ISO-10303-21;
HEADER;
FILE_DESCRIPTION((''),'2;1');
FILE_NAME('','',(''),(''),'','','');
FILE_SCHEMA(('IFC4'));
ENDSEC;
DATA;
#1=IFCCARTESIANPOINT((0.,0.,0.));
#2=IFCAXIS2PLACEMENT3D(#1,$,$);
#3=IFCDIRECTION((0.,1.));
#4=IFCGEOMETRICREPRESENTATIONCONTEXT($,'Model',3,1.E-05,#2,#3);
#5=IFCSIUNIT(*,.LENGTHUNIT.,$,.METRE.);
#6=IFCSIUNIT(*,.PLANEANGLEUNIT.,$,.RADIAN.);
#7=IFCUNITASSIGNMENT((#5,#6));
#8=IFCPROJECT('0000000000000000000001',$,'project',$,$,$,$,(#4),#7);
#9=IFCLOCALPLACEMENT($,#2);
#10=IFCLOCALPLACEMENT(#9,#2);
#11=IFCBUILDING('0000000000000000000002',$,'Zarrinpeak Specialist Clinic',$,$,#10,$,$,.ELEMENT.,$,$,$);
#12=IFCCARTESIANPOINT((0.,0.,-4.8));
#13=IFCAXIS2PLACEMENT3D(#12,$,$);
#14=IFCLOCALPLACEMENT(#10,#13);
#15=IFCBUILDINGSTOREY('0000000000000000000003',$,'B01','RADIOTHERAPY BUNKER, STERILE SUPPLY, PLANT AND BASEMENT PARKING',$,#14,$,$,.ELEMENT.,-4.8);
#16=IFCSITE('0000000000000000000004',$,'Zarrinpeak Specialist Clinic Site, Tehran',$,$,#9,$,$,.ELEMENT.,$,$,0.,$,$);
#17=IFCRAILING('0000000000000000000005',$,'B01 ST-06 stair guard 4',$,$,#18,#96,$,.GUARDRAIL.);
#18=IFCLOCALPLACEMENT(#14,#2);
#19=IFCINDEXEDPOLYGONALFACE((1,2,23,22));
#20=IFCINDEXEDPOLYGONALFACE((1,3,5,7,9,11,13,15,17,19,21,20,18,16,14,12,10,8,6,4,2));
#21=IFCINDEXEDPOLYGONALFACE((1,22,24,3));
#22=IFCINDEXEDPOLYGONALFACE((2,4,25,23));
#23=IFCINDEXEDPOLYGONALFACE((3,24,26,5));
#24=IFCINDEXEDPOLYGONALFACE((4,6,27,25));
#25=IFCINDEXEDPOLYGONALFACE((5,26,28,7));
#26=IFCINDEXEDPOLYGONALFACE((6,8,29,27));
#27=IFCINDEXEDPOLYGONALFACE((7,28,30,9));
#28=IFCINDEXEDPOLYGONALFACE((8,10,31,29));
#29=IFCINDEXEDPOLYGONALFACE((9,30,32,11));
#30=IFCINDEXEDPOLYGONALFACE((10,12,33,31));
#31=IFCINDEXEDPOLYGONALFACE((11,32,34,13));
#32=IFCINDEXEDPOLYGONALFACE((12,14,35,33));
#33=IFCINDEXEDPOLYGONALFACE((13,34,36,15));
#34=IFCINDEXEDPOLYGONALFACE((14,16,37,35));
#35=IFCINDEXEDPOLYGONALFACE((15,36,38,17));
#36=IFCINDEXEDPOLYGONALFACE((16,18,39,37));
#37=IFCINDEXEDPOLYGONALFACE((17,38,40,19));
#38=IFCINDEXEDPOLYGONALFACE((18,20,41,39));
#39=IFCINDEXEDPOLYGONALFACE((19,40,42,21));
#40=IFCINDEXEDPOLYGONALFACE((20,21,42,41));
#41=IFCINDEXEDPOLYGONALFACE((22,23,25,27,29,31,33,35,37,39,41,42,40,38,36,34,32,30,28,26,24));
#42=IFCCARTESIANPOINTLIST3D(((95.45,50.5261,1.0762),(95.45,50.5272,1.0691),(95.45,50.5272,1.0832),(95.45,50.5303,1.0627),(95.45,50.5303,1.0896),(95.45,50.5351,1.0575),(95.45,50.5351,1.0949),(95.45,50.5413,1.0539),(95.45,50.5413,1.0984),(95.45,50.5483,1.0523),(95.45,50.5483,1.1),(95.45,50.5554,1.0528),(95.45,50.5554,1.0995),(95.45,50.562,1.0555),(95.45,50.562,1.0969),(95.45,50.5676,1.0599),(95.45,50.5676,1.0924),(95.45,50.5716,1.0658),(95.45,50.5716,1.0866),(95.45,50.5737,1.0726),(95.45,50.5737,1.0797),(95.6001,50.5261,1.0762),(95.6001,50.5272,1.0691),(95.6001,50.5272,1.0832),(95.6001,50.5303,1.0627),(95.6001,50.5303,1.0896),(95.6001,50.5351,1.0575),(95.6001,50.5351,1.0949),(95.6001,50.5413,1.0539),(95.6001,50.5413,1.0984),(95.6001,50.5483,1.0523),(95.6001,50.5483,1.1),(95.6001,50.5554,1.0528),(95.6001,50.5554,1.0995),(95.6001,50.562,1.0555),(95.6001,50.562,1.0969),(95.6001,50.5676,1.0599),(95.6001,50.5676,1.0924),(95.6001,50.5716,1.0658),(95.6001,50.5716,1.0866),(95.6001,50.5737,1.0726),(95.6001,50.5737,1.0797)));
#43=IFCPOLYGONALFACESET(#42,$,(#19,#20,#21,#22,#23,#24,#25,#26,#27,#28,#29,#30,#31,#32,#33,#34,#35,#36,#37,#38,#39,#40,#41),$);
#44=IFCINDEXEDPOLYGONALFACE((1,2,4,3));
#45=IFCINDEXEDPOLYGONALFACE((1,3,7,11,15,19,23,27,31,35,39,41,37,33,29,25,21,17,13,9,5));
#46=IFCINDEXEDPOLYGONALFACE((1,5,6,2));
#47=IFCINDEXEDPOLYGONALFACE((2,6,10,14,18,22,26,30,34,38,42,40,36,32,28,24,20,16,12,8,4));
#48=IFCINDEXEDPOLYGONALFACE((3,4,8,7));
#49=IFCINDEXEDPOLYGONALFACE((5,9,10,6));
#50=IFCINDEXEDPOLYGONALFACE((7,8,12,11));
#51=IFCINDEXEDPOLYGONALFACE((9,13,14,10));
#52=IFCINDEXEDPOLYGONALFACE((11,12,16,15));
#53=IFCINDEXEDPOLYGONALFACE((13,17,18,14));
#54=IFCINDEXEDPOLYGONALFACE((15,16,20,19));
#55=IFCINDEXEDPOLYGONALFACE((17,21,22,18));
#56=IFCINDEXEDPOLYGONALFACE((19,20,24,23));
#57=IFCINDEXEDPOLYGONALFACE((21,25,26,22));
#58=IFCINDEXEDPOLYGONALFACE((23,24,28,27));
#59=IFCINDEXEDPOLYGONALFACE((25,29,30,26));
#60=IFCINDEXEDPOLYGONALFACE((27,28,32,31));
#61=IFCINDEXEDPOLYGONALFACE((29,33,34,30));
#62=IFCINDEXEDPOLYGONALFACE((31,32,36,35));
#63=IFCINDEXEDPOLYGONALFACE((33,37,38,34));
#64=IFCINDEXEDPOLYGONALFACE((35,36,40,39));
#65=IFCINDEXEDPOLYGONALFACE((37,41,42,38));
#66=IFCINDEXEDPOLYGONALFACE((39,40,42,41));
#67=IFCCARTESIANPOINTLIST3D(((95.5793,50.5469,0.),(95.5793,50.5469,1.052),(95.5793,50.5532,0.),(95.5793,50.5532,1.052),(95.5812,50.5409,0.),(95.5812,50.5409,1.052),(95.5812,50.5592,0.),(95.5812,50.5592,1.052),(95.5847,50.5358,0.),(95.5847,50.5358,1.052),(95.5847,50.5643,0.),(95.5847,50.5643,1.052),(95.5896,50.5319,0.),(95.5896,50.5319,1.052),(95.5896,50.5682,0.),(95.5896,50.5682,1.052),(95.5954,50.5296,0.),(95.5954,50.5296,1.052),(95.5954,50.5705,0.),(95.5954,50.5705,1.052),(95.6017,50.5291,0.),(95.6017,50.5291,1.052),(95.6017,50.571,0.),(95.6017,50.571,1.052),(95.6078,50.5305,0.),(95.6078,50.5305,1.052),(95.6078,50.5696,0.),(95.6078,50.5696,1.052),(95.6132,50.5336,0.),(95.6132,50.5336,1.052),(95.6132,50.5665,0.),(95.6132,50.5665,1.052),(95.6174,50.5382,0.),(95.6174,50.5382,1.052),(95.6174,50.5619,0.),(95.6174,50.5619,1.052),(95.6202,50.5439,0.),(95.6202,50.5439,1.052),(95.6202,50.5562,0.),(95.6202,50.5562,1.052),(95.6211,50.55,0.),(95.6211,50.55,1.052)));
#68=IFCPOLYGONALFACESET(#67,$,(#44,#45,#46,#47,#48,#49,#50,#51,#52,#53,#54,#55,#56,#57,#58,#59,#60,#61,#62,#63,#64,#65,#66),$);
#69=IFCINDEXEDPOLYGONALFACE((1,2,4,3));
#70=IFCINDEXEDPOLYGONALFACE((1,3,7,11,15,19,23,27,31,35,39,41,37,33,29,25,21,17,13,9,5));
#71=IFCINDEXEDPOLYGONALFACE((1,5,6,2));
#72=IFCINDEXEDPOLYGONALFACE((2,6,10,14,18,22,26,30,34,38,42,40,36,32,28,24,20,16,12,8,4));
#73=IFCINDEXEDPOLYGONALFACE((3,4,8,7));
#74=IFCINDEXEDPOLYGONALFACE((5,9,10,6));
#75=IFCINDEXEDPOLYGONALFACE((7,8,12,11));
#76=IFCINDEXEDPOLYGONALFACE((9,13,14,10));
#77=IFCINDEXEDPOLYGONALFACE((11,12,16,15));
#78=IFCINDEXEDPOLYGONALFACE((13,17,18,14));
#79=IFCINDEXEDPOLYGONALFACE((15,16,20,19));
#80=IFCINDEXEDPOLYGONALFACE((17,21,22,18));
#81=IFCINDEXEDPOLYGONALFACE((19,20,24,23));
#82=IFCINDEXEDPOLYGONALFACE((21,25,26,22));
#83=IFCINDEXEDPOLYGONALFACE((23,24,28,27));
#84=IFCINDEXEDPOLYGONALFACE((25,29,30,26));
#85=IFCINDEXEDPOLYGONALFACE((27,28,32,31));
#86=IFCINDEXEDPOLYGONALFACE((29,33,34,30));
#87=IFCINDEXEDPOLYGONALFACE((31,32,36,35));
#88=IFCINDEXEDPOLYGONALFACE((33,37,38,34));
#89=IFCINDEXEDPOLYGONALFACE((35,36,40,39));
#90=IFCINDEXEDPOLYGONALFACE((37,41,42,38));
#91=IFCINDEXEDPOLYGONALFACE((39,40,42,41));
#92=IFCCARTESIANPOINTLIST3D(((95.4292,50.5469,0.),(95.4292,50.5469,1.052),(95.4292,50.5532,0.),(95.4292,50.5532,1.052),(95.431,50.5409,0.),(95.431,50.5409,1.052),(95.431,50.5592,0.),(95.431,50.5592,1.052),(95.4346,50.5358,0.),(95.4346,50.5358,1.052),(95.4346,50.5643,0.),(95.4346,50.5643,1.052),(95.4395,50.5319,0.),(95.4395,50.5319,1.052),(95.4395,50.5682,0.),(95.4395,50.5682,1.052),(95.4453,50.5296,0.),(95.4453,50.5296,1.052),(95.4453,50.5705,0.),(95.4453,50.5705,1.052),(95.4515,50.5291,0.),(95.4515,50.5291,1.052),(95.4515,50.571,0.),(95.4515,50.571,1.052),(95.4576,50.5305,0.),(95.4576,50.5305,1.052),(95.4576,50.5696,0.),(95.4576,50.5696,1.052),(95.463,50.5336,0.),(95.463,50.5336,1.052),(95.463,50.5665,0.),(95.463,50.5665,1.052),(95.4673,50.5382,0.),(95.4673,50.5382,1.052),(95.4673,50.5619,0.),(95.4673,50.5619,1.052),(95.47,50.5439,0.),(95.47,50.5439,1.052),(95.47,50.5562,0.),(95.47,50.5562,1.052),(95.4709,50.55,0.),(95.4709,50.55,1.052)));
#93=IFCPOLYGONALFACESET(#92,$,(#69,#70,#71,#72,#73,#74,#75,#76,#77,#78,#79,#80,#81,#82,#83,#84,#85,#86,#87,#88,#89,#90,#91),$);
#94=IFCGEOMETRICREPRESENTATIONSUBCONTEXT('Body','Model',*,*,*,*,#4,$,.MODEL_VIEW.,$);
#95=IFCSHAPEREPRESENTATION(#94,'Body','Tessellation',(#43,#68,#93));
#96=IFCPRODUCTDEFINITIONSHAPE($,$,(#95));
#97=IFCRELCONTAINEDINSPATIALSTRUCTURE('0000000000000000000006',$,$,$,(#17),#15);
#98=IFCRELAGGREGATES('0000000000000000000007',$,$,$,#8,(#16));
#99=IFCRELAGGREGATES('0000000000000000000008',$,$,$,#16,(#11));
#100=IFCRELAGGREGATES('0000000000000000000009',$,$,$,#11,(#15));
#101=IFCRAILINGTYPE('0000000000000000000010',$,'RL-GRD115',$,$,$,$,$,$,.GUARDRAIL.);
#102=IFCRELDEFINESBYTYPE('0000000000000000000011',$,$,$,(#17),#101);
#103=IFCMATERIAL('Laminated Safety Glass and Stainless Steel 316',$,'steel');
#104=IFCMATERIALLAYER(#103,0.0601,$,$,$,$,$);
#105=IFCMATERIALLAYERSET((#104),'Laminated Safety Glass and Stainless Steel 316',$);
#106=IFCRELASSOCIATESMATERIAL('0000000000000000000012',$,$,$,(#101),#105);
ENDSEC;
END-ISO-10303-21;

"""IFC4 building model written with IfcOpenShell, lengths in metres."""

from ifc_helpers import new_model, si_unit, direction, frame, origin, origin_2d, place, context, subcontext, project, spatial, circle, extrude, material, layer, layer_set, type_object, element, save


model = new_model("IFC4")

# Units and contexts
model_context = context("Model", 3, precision=1e-05, world=origin(), true_north=direction((0.0, 1.0)))
body_context = subcontext(model_context, "Body", "Model", "MODEL_VIEW")
ifc_project = project(units=[si_unit("LENGTHUNIT", "METRE"), si_unit("PLANEANGLEUNIT", "RADIAN")], contexts=[model_context])

# Site, building, storey
site_placement = place(None, origin())
site = spatial("IfcSite", under=ifc_project, at=site_placement, Name="Zarrinpeak Specialist Clinic Site, Tehran", CompositionType="ELEMENT", RefElevation=0.0)
building_placement = place(site_placement, origin())
building = spatial("IfcBuilding", under=site, at=building_placement, Name="Zarrinpeak Specialist Clinic", CompositionType="ELEMENT")
storey_placement = place(building_placement, frame((0.0, 0.0, -4.8)))
storey = spatial("IfcBuildingStorey", under=building, at=storey_placement, Name="B01", Description="RADIOTHERAPY BUNKER, STERILE SUPPLY, PLANT AND BASEMENT PARKING", CompositionType="ELEMENT", Elevation=-4.8)

# Railing
ifc_material_1 = material(Name="Laminated Safety Glass and Stainless Steel 316", Category="steel")
ifc_layer_1 = layer(ifc_material_1, 0.0601)
ifc_layer_set_1 = layer_set([ifc_layer_1], Name="Laminated Safety Glass and Stainless Steel 316")
railing_type_1 = type_object("IfcRailingType", Name="RL-GRD115", PredefinedType="GUARDRAIL", material=ifc_layer_set_1)
railing_1_placement = place(storey_placement, frame((95.6001, 50.55, 0.0)))
element("IfcRailing", 1, at=railing_1_placement, inside=storey, type_object=railing_type_1, Name="B01 ST-06 stair guard 4", PredefinedType="GUARDRAIL", context=body_context, shape_type="SweptSolid", body=[
    extrude(circle(Radius=0.0239, at=origin_2d()), frame((0.0, 0.0, 1.0762), z_axis=(-1.0, 0.0, 0.0), x_axis=(0.0, -1.0, 0.0)), (0.0, 0.0, 1.0), 0.1501),
    extrude(circle(Radius=0.021, at=origin_2d()), origin(), (0.0, 0.0, 1.0), 1.052),
    extrude(circle(Radius=0.021, at=origin_2d()), frame((-0.1501, 0.0, 0.0)), (0.0, 0.0, 1.0), 1.052),
])

save(model, "model.ifc")
